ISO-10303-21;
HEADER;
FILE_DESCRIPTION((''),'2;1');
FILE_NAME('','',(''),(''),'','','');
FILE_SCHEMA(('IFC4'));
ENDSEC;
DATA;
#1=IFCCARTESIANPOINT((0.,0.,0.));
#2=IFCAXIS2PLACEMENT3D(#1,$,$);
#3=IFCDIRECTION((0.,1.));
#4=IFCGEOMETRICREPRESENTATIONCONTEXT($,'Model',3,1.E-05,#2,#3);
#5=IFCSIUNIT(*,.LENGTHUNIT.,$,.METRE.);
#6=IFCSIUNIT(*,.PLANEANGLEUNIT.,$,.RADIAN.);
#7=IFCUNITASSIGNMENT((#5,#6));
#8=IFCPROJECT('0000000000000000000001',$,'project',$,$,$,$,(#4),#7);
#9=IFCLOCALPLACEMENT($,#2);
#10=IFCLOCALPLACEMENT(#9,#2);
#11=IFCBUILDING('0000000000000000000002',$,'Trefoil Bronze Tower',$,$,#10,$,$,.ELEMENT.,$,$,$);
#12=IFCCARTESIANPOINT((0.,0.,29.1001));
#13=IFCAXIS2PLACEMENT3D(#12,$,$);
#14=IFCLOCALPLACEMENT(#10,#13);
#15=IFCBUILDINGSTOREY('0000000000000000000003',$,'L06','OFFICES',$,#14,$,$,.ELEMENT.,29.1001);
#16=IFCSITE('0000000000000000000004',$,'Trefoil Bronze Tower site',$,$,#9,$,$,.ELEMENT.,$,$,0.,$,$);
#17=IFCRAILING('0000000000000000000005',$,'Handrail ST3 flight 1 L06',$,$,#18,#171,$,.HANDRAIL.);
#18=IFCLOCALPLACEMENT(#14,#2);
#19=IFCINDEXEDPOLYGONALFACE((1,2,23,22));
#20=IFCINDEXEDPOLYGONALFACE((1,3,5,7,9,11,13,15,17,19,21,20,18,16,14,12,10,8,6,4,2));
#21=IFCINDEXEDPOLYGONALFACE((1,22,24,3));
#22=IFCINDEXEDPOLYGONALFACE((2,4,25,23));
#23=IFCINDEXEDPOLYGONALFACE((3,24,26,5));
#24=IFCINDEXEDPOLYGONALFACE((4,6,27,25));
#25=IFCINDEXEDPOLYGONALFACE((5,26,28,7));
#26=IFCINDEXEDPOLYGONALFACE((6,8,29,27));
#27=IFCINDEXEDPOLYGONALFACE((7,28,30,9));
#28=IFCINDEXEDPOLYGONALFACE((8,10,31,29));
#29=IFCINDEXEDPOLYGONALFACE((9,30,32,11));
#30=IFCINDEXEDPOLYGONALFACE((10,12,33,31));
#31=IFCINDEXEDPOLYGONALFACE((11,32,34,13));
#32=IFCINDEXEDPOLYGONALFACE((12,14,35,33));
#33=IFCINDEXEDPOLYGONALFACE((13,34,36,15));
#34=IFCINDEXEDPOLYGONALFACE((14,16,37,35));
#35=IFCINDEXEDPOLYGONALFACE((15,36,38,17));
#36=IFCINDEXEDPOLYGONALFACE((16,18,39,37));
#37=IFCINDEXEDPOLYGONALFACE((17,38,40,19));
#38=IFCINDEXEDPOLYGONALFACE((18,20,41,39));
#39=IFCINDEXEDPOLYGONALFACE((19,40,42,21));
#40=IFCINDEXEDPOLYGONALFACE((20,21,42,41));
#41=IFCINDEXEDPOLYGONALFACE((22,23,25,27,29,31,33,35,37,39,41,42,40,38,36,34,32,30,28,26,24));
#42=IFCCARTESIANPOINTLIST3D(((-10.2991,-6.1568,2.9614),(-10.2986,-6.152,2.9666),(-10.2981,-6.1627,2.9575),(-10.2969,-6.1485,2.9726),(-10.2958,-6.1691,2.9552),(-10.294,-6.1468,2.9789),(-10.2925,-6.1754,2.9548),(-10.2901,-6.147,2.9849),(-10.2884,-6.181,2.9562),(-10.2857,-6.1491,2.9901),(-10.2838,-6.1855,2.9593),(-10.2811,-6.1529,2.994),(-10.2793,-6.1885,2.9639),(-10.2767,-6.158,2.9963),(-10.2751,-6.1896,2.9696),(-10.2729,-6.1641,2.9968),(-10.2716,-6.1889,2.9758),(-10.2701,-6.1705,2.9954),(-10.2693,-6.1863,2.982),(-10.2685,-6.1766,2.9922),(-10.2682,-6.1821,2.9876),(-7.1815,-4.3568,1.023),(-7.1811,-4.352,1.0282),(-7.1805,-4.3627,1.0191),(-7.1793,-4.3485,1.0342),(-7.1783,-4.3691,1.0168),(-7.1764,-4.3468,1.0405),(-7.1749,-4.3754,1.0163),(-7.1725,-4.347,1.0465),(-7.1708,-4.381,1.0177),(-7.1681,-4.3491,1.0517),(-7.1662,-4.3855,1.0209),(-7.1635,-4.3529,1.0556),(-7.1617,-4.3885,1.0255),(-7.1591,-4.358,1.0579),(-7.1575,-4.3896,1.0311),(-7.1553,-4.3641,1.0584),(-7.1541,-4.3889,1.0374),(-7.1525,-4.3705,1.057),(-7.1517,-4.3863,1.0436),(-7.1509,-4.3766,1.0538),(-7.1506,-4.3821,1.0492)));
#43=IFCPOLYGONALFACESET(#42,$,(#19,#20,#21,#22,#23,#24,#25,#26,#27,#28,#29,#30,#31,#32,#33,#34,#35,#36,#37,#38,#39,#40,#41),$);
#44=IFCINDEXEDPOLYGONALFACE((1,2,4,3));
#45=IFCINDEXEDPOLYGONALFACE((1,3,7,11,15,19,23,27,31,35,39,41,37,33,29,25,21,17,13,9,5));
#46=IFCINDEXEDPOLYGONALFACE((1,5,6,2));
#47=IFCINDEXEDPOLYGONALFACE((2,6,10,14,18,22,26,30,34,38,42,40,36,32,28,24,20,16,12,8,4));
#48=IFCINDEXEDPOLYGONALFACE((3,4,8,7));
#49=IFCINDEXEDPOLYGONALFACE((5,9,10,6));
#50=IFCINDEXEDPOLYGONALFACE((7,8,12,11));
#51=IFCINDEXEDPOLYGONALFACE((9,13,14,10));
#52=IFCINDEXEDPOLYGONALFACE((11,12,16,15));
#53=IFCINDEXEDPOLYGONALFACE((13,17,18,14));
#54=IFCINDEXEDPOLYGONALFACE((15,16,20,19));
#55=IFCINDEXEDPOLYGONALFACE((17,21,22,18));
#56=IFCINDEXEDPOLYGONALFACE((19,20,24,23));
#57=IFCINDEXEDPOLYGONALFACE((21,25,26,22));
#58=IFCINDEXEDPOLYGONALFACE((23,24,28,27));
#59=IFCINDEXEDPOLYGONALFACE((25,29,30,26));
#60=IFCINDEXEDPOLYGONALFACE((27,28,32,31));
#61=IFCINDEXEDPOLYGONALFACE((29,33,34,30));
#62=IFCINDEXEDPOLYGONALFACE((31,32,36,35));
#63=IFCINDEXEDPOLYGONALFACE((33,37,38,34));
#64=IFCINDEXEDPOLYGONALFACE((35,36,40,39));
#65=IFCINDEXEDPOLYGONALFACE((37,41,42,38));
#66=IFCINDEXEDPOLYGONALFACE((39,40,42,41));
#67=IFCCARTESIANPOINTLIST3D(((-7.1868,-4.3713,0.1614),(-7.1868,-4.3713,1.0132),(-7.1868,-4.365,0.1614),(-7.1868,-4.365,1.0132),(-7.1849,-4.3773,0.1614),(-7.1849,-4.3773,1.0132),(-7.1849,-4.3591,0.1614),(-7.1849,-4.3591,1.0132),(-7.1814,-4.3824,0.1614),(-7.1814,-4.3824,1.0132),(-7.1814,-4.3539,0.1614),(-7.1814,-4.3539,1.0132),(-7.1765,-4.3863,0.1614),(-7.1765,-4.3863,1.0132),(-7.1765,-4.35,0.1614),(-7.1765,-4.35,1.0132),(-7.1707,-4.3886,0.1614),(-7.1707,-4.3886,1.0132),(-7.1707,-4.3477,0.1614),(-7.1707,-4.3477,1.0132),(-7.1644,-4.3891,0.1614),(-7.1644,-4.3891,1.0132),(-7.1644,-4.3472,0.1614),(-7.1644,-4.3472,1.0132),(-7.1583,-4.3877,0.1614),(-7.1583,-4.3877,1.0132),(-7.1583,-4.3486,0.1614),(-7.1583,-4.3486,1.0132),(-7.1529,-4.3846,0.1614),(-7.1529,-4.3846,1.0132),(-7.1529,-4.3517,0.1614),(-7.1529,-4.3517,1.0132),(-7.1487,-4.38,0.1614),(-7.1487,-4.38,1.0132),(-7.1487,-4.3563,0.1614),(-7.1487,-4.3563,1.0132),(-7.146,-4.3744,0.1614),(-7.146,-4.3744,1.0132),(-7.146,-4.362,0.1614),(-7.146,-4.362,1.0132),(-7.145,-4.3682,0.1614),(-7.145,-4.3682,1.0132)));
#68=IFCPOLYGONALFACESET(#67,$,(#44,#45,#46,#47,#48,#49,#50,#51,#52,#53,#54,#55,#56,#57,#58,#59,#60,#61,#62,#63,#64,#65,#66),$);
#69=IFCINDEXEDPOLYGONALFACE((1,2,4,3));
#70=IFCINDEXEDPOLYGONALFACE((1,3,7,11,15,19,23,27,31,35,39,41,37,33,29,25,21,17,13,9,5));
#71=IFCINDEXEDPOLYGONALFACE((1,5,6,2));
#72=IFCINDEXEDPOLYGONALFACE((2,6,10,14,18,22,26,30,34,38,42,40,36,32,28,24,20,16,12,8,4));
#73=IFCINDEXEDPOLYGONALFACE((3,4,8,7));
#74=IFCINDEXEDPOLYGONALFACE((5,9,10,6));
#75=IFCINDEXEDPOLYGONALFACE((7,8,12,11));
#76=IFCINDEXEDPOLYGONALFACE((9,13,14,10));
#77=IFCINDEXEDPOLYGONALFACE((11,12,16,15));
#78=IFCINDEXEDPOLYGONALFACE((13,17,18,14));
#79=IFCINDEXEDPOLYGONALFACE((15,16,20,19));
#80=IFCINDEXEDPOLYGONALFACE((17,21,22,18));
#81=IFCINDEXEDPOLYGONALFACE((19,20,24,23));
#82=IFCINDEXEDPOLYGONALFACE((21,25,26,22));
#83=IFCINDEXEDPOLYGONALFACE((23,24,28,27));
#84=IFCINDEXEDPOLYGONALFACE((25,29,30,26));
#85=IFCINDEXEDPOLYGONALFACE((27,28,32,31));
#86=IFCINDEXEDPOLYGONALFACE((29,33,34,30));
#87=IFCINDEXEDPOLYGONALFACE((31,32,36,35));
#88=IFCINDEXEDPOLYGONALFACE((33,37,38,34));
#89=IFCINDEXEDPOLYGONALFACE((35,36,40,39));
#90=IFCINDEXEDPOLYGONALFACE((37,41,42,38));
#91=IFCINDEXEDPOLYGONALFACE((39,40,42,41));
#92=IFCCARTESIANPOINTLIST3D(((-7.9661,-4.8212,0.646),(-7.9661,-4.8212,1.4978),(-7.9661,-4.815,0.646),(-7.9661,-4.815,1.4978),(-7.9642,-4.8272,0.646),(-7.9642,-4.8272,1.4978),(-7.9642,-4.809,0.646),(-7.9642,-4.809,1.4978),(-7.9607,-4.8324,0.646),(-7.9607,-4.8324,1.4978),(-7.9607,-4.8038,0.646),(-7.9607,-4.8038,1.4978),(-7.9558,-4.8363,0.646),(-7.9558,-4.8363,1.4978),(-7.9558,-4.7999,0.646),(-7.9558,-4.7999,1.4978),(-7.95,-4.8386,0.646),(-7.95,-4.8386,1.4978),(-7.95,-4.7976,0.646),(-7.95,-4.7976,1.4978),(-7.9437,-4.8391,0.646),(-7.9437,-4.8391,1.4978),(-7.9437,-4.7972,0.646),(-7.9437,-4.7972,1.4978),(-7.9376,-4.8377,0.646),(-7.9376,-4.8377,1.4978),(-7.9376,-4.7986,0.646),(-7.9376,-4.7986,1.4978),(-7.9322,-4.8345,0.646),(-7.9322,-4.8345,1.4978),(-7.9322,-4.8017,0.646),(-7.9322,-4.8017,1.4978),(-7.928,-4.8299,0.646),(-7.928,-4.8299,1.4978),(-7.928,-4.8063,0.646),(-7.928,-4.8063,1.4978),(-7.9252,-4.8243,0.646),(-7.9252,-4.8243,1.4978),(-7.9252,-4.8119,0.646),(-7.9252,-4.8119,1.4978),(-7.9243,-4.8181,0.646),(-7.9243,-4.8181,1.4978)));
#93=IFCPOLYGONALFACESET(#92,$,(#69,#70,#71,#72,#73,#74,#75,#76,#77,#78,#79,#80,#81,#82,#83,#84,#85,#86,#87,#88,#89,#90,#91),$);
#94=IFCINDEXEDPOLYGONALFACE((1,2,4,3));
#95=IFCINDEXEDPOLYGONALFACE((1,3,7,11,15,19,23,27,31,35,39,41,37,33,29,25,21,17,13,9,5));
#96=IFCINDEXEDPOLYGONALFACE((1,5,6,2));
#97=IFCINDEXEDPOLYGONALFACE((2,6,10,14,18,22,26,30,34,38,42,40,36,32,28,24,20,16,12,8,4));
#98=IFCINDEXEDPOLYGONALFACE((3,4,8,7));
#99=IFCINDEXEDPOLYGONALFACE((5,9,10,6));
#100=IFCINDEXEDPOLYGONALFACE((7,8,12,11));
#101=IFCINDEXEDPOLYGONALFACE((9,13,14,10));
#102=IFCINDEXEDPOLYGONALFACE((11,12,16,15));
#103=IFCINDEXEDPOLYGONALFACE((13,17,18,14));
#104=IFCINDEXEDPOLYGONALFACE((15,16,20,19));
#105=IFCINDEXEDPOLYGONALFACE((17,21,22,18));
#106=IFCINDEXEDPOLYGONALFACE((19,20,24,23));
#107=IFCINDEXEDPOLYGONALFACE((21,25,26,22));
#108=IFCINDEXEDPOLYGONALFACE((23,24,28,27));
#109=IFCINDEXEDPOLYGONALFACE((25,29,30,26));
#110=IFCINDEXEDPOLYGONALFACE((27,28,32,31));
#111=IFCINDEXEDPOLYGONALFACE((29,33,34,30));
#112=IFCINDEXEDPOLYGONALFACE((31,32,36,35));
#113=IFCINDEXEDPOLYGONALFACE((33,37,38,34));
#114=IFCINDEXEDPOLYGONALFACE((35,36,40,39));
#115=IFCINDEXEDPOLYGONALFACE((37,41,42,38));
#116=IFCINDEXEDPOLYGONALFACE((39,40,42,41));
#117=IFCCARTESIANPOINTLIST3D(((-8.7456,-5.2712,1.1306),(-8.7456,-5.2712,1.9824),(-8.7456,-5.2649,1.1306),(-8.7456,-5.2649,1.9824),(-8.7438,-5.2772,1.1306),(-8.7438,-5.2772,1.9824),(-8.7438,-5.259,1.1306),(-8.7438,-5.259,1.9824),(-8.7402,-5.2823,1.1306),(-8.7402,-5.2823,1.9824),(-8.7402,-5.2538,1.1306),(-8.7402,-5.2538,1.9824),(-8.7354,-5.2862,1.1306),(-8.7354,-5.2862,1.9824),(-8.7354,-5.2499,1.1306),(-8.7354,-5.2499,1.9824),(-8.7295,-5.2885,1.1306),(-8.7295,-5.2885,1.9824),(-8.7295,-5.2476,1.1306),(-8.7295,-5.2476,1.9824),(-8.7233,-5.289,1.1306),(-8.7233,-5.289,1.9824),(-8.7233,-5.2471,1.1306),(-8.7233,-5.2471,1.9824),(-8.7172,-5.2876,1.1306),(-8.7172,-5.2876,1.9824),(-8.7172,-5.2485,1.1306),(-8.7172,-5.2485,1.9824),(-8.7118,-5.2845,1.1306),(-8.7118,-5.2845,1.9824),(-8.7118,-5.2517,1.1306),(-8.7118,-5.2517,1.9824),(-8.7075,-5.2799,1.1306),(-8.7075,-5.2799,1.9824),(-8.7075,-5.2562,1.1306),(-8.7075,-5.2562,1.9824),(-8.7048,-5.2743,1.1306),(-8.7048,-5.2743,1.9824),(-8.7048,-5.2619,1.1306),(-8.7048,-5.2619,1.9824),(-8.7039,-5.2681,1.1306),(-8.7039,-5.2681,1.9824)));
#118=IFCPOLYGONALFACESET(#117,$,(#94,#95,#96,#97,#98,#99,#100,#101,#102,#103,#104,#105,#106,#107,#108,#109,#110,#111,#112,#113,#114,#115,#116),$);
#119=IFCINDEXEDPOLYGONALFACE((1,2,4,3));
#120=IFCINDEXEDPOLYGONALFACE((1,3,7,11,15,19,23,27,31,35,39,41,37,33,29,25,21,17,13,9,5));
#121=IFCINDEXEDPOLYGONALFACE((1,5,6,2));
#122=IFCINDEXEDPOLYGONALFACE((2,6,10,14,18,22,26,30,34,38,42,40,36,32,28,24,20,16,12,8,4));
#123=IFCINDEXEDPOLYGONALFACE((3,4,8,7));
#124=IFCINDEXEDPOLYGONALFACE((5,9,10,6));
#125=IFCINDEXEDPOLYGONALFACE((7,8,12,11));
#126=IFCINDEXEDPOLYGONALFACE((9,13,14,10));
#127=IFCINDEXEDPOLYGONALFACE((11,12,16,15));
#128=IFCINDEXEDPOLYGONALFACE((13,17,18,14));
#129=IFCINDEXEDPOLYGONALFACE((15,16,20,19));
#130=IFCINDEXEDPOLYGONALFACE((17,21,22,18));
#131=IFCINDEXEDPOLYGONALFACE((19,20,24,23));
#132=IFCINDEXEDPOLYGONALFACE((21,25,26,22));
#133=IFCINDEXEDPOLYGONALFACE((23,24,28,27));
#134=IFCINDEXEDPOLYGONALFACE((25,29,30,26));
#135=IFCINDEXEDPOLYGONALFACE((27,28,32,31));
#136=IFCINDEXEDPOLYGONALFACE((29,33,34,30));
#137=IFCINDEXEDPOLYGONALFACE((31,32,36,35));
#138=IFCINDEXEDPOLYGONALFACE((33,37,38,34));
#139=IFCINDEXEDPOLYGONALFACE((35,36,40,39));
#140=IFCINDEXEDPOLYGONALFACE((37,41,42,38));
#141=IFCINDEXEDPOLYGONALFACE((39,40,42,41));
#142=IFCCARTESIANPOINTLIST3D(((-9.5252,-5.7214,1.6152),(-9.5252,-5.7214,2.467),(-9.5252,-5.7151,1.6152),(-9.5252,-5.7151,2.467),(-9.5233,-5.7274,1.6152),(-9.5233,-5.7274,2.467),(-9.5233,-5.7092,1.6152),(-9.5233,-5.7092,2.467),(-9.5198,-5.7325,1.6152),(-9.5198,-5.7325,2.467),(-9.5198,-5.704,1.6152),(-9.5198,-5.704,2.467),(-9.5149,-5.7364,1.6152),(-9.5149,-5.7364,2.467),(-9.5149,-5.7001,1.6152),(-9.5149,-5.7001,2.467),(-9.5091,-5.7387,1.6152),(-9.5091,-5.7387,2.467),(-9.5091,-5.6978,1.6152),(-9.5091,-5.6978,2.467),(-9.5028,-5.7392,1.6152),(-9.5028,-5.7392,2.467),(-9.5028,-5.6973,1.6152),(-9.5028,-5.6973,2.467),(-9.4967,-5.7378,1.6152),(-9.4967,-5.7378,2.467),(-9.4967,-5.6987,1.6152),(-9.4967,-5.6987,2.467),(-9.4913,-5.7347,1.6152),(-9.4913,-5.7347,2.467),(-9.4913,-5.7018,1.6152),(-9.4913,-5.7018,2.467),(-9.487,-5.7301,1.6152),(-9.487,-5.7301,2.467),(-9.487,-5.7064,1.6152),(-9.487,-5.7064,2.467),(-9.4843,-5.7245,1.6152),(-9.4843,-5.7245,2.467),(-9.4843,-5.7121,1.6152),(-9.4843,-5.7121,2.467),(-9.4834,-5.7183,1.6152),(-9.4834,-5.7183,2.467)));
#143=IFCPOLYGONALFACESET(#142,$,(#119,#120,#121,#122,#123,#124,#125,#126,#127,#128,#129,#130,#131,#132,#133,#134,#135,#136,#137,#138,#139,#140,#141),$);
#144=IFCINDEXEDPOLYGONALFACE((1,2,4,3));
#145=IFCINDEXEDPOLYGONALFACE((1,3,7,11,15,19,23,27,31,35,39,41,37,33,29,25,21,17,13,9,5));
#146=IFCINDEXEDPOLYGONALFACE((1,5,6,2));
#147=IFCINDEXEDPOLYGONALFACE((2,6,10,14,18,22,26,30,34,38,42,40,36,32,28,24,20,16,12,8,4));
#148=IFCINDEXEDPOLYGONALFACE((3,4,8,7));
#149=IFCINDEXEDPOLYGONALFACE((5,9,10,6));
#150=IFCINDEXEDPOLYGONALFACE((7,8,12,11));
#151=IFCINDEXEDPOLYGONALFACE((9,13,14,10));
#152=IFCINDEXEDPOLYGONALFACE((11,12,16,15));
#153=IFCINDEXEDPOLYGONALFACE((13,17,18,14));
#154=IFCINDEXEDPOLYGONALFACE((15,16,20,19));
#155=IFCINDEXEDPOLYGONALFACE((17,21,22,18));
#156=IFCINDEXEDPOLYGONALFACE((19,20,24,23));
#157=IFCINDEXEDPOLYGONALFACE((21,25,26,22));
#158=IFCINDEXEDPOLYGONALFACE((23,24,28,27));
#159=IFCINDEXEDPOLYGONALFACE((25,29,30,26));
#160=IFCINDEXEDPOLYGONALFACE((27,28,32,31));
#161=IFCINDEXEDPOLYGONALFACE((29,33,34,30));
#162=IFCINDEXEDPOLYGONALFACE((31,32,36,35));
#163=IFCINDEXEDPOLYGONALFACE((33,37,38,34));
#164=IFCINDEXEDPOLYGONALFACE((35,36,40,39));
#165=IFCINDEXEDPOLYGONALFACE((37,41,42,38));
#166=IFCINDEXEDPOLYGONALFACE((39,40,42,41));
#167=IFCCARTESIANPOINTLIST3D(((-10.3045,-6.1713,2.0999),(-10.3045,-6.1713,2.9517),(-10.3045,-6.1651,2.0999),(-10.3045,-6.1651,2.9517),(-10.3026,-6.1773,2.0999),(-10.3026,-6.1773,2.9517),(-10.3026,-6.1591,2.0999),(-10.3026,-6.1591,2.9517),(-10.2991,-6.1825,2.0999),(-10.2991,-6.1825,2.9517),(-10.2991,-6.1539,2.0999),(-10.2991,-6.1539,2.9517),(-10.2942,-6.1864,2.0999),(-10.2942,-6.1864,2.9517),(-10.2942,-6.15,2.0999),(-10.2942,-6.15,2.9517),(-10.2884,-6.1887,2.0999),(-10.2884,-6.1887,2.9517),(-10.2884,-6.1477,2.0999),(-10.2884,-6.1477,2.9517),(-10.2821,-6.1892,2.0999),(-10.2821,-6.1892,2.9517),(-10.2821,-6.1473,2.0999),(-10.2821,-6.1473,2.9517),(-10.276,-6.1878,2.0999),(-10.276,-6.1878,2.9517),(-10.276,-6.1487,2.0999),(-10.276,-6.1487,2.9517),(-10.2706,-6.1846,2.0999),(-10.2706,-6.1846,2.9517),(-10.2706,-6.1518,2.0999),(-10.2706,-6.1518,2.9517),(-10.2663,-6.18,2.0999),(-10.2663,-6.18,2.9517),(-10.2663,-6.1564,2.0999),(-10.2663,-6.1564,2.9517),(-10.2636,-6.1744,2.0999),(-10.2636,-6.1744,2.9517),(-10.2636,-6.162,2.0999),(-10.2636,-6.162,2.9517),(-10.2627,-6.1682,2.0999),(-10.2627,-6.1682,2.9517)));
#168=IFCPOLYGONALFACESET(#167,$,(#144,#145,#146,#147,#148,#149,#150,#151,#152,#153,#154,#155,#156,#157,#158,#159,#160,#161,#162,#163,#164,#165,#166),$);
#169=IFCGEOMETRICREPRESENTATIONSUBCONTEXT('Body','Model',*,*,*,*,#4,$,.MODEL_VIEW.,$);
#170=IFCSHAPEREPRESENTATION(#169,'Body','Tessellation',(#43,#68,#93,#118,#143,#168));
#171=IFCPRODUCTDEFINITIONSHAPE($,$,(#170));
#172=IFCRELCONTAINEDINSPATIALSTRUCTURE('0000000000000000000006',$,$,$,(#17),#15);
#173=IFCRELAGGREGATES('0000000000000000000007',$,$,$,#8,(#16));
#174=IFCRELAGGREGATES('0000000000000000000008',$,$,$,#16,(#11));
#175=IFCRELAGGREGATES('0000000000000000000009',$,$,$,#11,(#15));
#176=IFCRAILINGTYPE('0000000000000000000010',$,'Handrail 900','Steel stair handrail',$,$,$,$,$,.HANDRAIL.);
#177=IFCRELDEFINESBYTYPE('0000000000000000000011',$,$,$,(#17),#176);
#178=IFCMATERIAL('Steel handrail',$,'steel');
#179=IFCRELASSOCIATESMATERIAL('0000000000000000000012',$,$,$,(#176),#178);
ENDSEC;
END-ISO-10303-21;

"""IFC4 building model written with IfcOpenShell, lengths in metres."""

from ifc_helpers import new_model, si_unit, direction, frame, origin, origin_2d, place, context, subcontext, project, spatial, circle, extrude, material, type_object, element, save


model = new_model("IFC4")

# Units and contexts
model_context = context("Model", 3, precision=1e-05, world=origin(), true_north=direction((0.0, 1.0)))
body_context = subcontext(model_context, "Body", "Model", "MODEL_VIEW")
ifc_project = project(units=[si_unit("LENGTHUNIT", "METRE"), si_unit("PLANEANGLEUNIT", "RADIAN")], contexts=[model_context])

# Site, building, storey
site_placement = place(None, origin())
site = spatial("IfcSite", under=ifc_project, at=site_placement, Name="Trefoil Bronze Tower site", CompositionType="ELEMENT", RefElevation=0.0)
building_placement = place(site_placement, origin())
building = spatial("IfcBuilding", under=site, at=building_placement, Name="Trefoil Bronze Tower", CompositionType="ELEMENT")
storey_placement = place(building_placement, frame((0.0, 0.0, 29.1001)))
storey = spatial("IfcBuildingStorey", under=building, at=storey_placement, Name="L06", Description="OFFICES", CompositionType="ELEMENT", Elevation=29.1001)

# Railing
ifc_material_1 = material(Name="Steel handrail", Category="steel")
railing_type = type_object("IfcRailingType", Name="Handrail 900", Description="Steel stair handrail", PredefinedType="HANDRAIL", material=ifc_material_1)
railing_1_placement = place(storey_placement, frame((-7.166, -4.3682, 0.1614)))
element("IfcRailing", 1, at=railing_1_placement, inside=storey, type_object=railing_type, Name="Handrail ST3 flight 1 L06", PredefinedType="HANDRAIL", context=body_context, shape_type="SweptSolid", body=[
    extrude(circle(Radius=0.0239, at=origin_2d()), frame((0.0, 0.0, 0.876), z_axis=(-0.762503, -0.440246, 0.474102), x_axis=(0.500012, -0.866018, 0.0)), (0.0, 0.0, 1.0), 4.0886),
    extrude(circle(Radius=0.021, at=origin_2d()), origin(), (0.0, 0.0, 1.0), 0.8518),
    extrude(circle(Radius=0.021, at=origin_2d()), frame((-0.7793, -0.45, 0.4846)), (0.0, 0.0, 1.0), 0.8518),
    extrude(circle(Radius=0.021, at=origin_2d()), frame((-1.5588, -0.8999, 0.9692)), (0.0, 0.0, 1.0), 0.8518),
    extrude(circle(Radius=0.021, at=origin_2d()), frame((-2.3384, -1.3501, 1.4539)), (0.0, 0.0, 1.0), 0.8518),
    extrude(circle(Radius=0.021, at=origin_2d()), frame((-3.1177, -1.8, 1.9385)), (0.0, 0.0, 1.0), 0.8518),
])

save(model, "model.ifc")
